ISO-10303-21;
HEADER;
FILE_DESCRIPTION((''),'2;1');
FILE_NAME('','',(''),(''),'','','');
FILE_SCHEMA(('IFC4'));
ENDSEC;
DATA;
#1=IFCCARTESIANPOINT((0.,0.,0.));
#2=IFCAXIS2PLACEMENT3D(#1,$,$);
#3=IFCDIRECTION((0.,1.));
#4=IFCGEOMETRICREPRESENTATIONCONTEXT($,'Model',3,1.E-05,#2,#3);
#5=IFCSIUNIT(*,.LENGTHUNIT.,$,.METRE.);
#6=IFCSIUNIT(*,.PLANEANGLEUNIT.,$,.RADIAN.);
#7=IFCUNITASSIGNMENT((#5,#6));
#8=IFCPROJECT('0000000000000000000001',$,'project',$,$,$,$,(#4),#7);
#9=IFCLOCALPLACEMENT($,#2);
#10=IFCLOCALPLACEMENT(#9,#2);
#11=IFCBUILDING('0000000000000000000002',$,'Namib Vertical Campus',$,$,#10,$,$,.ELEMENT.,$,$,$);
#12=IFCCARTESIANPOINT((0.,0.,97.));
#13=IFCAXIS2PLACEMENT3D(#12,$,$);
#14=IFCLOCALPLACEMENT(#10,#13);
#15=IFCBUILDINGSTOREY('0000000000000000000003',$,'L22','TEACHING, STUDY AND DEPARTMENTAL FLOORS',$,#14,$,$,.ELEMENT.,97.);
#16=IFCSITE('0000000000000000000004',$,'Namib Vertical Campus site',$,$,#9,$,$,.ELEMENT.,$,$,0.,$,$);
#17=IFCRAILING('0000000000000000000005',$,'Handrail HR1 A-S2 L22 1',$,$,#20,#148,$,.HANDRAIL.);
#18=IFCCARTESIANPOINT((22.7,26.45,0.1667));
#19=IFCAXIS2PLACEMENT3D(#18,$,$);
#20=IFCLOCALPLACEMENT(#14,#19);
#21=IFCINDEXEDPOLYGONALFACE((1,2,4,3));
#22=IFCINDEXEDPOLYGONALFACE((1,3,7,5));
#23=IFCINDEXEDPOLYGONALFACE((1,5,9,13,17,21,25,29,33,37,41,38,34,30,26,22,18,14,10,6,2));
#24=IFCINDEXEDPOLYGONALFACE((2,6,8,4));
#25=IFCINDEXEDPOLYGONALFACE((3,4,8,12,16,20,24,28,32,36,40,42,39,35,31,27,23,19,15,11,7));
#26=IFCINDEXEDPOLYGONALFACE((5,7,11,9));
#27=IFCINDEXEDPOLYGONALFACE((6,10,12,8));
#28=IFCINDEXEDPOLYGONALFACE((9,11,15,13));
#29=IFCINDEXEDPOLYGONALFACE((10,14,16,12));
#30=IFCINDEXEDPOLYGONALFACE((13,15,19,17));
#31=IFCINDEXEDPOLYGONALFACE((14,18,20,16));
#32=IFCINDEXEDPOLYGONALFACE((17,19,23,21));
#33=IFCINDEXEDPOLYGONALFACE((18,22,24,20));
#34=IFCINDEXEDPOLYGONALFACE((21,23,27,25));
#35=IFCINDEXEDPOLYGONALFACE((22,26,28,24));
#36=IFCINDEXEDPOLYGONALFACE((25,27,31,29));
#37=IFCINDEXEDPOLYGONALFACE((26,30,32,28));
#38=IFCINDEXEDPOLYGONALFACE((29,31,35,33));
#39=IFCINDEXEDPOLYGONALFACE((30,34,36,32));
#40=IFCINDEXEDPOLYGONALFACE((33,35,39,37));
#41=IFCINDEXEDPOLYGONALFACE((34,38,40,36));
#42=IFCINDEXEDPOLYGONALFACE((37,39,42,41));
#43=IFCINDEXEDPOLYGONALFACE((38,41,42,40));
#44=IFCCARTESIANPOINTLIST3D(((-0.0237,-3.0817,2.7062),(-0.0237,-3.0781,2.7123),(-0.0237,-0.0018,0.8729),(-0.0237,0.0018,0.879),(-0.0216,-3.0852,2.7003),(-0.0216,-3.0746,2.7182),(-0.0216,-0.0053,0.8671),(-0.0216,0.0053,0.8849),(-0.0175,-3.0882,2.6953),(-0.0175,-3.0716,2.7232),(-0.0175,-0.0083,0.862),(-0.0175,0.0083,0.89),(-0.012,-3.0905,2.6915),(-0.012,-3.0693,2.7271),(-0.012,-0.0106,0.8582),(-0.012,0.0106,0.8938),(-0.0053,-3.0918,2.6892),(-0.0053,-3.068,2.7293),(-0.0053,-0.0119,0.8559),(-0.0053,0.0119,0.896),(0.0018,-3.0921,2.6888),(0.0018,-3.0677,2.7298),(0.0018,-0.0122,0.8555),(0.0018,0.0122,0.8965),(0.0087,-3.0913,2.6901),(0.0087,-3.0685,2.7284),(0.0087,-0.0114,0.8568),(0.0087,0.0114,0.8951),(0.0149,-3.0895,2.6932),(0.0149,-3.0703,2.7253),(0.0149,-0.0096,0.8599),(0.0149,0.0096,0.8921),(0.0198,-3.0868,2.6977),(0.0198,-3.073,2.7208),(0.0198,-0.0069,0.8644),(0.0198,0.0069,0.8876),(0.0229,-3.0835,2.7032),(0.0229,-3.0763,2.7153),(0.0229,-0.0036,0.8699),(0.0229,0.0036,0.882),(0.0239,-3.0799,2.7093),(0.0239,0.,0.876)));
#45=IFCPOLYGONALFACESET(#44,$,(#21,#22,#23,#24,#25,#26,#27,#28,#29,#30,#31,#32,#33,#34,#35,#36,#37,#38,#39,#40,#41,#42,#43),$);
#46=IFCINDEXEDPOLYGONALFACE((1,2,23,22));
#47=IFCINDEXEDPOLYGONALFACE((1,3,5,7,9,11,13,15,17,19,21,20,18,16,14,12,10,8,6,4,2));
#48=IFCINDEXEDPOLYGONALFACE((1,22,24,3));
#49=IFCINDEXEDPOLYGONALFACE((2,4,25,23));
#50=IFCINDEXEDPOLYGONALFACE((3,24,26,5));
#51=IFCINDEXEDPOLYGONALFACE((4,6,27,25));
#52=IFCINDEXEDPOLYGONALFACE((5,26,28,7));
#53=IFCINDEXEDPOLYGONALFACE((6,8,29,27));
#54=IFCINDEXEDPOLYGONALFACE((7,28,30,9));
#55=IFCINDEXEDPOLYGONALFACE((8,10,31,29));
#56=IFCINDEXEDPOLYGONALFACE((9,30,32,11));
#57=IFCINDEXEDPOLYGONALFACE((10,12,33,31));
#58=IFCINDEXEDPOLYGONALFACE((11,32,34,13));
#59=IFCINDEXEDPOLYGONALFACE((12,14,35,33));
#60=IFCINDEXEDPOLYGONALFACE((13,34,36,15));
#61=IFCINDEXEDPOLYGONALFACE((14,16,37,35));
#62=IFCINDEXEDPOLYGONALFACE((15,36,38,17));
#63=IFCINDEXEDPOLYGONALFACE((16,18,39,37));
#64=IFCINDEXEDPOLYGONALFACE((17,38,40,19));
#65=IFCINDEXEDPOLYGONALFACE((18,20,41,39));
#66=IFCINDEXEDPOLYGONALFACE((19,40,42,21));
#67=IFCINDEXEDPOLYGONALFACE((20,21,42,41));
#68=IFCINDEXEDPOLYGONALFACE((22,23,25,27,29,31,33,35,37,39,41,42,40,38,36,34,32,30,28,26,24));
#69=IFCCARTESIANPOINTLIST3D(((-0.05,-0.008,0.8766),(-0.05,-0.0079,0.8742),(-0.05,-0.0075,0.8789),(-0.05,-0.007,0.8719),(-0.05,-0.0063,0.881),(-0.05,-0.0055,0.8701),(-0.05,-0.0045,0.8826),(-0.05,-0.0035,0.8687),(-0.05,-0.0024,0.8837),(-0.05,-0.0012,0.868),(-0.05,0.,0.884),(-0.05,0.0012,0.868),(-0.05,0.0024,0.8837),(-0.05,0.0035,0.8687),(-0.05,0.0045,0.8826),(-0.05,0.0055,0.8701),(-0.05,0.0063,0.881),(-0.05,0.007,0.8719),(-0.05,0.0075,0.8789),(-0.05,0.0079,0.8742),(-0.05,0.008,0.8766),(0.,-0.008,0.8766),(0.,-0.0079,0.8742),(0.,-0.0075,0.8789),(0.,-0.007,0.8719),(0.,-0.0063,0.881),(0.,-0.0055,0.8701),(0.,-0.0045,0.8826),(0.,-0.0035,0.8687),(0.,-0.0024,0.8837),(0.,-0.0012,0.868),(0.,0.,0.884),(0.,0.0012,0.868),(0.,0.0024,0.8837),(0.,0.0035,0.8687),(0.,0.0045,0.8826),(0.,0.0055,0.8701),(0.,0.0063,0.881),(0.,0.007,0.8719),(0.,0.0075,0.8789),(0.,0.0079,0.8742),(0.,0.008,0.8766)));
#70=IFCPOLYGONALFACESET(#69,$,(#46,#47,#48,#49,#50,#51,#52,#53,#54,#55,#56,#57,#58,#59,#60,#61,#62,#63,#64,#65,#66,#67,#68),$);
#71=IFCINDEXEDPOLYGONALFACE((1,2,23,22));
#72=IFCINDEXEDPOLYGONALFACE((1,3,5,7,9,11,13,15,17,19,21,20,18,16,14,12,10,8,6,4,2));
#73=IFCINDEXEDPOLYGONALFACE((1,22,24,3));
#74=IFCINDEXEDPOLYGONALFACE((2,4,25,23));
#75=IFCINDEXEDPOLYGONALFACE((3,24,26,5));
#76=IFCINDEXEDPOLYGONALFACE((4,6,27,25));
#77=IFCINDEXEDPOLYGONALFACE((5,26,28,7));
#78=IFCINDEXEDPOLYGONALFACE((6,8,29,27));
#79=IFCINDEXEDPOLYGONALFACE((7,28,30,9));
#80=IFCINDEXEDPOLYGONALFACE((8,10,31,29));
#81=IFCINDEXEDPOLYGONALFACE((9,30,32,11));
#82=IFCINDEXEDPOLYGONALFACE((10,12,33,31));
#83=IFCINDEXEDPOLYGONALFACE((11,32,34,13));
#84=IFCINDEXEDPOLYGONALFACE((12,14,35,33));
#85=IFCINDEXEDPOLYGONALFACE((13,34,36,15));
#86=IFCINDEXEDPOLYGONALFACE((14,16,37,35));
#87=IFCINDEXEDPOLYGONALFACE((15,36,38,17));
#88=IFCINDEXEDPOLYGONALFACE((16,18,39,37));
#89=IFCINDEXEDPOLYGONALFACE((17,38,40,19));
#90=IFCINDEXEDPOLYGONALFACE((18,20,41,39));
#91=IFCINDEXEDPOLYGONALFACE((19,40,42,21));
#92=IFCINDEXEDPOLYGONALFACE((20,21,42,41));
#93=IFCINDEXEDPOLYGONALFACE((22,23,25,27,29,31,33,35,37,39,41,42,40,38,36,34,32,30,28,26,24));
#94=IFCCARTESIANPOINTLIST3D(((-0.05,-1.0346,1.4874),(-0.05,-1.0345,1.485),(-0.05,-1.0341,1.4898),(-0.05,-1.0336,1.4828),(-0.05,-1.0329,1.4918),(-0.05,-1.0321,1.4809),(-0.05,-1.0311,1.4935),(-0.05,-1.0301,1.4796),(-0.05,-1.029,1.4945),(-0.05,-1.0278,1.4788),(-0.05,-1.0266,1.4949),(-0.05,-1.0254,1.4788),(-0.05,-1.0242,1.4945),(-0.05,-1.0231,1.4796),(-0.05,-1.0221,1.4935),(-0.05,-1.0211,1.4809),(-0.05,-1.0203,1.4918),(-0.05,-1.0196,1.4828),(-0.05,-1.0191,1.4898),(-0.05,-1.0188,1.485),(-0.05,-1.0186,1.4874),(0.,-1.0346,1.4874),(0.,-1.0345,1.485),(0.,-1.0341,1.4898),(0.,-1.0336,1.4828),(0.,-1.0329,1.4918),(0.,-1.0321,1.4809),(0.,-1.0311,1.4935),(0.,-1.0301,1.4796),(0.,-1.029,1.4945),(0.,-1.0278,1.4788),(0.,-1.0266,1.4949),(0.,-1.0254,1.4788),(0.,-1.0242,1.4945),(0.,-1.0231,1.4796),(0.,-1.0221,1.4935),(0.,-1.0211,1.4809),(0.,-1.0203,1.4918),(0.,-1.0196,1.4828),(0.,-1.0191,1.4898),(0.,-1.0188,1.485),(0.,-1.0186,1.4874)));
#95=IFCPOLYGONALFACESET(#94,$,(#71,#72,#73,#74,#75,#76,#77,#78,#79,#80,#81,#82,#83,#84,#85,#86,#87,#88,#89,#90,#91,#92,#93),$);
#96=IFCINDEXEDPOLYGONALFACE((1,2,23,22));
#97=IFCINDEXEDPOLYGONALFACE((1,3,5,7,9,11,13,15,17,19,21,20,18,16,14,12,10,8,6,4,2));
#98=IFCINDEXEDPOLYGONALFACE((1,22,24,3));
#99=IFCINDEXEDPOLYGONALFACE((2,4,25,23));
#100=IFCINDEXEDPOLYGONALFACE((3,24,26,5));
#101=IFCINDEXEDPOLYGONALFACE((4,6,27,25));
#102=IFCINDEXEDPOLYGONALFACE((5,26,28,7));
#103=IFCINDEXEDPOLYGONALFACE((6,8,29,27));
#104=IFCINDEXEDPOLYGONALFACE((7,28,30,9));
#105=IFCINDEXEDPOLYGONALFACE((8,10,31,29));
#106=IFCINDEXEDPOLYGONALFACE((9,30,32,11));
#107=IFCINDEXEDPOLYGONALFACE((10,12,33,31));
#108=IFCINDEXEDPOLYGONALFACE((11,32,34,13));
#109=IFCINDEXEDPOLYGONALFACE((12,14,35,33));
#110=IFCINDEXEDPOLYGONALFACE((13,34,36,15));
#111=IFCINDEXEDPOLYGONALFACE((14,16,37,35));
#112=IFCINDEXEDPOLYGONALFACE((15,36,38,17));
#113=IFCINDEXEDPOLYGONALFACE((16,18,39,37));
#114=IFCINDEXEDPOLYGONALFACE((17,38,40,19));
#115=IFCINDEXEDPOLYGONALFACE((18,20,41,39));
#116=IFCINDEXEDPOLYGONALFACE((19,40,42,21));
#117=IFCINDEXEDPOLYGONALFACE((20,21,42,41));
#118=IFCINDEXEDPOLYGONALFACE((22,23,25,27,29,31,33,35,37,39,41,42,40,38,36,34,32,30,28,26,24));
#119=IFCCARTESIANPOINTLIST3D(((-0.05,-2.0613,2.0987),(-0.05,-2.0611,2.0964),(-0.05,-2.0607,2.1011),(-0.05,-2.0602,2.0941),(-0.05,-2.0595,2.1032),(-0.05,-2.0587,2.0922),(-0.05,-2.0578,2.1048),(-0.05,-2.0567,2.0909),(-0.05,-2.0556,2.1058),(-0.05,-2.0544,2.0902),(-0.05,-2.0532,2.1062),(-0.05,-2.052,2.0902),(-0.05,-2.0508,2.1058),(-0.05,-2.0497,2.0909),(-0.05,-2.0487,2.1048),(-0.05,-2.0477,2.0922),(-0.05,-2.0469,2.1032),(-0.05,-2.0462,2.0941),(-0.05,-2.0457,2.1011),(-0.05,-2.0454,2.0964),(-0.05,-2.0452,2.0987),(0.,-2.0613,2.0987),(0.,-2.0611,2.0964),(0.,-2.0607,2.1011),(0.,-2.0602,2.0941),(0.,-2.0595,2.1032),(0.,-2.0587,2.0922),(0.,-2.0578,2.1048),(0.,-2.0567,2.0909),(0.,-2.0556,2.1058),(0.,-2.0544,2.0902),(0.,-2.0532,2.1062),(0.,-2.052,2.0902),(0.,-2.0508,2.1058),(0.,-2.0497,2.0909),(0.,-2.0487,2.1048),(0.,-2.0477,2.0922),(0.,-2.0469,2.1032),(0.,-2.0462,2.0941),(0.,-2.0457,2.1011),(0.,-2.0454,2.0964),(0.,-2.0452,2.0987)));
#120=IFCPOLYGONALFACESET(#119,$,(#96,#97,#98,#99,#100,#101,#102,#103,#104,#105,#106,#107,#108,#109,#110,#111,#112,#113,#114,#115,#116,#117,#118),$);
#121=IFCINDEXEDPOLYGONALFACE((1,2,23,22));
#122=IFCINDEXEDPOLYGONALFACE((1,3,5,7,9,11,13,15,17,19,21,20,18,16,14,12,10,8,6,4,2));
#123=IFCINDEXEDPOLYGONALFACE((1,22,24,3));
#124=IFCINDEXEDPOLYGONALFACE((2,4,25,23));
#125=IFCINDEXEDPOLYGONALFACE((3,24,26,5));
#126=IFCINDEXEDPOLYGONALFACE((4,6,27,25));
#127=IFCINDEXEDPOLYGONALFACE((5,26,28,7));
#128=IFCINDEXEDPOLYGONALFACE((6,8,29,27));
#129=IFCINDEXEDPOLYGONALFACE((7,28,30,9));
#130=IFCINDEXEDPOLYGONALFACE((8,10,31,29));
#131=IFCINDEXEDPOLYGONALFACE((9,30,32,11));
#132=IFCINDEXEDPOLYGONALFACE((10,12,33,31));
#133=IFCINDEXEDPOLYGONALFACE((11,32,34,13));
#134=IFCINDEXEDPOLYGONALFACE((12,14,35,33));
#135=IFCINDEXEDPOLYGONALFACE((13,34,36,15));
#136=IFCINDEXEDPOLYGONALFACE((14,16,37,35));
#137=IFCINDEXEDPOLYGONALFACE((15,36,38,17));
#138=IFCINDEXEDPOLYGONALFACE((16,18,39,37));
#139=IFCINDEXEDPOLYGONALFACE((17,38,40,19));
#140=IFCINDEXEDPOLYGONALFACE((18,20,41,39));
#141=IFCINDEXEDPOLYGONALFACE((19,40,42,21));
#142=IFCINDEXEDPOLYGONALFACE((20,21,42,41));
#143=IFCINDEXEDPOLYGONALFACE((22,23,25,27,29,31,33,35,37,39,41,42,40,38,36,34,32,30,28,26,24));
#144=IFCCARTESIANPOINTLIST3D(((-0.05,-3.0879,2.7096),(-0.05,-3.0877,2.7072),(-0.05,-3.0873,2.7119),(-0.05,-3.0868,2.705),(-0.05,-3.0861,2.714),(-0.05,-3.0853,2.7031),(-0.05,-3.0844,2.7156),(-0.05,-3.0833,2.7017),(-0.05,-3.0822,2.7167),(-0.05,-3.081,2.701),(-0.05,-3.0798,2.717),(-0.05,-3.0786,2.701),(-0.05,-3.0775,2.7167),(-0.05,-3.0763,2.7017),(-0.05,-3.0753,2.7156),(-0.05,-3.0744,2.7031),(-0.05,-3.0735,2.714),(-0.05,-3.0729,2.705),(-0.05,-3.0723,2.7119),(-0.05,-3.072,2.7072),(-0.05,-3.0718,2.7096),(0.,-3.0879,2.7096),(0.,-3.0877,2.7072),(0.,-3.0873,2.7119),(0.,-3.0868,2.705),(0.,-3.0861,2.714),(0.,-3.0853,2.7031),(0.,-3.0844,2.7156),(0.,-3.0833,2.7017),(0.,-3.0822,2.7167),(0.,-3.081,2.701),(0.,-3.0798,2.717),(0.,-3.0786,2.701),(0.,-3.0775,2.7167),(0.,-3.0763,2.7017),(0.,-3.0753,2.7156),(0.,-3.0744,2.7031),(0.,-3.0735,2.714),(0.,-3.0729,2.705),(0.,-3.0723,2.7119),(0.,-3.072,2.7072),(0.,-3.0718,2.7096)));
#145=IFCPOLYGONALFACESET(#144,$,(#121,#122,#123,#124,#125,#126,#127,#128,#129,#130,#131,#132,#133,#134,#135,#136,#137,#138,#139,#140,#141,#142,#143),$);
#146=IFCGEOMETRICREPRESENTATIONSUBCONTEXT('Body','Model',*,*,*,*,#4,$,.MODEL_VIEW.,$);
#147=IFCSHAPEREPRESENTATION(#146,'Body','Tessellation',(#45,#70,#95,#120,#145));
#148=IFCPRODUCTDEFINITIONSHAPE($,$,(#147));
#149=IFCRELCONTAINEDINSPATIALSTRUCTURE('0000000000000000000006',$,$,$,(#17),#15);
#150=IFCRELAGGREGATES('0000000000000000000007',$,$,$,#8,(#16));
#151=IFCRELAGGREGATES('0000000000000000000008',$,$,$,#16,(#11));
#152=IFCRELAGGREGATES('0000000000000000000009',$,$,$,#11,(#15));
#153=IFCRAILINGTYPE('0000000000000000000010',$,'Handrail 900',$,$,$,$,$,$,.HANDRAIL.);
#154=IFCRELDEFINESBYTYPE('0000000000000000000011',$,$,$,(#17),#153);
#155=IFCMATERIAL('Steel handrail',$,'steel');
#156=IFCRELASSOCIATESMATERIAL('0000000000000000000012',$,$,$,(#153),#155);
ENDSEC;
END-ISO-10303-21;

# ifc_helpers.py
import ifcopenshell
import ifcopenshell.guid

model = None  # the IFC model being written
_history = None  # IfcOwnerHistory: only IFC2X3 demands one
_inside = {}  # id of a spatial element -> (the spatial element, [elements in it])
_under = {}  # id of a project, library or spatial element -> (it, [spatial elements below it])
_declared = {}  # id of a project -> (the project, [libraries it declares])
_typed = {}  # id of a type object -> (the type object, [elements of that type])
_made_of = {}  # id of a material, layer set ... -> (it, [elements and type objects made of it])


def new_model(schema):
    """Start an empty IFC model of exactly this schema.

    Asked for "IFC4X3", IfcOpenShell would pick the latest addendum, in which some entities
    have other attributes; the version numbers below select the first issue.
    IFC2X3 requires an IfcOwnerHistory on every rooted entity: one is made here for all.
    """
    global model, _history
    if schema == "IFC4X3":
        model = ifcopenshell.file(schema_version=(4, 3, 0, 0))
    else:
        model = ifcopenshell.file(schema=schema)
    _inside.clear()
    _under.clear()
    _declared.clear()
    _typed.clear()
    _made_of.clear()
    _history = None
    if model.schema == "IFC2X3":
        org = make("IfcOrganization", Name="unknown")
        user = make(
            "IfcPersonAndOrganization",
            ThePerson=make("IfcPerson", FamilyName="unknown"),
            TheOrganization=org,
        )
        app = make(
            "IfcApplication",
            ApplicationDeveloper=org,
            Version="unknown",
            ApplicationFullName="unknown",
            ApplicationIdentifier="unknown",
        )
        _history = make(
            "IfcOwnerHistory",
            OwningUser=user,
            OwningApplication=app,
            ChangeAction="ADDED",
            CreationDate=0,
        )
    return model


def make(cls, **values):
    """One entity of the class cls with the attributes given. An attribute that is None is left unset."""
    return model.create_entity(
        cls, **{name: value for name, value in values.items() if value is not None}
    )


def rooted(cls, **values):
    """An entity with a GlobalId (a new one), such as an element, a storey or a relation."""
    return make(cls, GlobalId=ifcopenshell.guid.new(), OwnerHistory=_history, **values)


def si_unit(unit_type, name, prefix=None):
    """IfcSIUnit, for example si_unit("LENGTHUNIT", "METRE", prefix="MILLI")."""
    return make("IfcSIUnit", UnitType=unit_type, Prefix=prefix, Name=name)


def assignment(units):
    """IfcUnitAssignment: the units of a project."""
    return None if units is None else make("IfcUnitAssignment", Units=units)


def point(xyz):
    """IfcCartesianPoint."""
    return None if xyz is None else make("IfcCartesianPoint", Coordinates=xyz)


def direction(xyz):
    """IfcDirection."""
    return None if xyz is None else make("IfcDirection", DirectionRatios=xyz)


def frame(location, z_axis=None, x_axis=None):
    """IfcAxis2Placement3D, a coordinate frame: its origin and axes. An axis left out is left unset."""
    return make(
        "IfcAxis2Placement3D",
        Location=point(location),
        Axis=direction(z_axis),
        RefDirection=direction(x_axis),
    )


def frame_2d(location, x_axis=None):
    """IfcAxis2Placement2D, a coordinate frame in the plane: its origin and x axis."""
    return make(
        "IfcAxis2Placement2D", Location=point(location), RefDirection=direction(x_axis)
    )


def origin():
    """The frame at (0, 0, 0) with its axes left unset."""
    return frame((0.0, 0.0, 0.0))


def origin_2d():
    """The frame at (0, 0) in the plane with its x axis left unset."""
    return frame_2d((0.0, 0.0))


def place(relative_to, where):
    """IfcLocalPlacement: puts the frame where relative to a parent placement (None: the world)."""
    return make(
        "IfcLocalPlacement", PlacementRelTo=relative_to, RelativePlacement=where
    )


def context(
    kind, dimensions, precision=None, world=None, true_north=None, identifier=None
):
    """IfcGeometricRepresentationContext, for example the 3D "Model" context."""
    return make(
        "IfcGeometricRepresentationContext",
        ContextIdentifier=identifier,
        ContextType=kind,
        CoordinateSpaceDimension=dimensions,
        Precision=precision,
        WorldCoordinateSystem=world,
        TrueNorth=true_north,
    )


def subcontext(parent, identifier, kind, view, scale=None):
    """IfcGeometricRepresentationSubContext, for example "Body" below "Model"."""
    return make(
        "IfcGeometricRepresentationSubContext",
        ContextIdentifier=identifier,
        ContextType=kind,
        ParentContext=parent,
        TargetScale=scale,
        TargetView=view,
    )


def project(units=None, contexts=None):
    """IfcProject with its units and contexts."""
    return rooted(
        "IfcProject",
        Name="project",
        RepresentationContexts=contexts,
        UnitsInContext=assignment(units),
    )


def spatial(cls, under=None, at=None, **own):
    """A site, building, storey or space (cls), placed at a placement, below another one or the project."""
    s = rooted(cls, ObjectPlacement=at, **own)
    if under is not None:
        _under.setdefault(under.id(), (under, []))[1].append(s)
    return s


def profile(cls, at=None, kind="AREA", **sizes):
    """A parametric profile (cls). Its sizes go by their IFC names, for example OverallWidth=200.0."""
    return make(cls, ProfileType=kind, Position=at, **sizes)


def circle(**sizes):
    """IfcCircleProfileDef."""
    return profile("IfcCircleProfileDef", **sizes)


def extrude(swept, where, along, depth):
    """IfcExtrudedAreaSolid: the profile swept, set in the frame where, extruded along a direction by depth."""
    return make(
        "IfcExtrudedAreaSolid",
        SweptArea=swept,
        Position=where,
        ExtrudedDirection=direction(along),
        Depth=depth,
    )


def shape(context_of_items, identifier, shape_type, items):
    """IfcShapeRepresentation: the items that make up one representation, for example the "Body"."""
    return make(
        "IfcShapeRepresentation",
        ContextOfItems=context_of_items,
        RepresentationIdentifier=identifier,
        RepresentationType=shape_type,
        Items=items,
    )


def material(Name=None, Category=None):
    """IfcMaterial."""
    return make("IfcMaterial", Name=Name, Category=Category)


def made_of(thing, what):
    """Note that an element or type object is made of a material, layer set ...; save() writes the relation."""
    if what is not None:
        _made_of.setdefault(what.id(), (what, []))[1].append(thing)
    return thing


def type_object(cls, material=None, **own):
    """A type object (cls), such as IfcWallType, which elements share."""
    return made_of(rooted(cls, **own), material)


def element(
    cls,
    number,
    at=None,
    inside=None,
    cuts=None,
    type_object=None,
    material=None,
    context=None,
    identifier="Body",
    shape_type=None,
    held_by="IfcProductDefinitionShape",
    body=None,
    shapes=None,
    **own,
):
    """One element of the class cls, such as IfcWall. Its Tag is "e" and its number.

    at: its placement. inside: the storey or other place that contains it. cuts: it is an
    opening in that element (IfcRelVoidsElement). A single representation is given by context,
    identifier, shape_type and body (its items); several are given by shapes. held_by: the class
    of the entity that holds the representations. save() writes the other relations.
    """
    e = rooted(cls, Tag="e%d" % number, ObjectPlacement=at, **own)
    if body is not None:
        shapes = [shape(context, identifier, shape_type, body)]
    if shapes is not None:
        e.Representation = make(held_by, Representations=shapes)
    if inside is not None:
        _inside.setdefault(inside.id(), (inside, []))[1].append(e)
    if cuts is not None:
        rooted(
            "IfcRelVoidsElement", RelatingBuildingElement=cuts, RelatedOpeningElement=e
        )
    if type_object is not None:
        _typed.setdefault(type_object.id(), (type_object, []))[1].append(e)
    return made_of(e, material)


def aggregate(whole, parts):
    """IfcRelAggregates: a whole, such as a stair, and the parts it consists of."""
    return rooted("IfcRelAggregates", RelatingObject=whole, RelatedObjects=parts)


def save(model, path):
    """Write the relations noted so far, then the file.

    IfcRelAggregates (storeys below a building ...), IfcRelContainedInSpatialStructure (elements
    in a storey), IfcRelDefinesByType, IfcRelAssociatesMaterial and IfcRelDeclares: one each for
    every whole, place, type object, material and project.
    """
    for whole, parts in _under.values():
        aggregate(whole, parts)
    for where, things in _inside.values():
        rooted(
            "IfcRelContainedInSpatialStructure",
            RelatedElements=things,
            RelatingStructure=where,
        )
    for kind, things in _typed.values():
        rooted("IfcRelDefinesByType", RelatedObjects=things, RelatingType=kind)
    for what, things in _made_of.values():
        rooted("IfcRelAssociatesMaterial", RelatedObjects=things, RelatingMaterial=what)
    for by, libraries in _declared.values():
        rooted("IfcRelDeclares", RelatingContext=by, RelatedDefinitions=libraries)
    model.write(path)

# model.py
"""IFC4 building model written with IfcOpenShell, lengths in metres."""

from ifc_helpers import new_model, si_unit, direction, frame, origin, origin_2d, place, context, subcontext, project, spatial, circle, extrude, material, type_object, element, save


model = new_model("IFC4")

# Units and contexts
model_context = context("Model", 3, precision=1e-05, world=origin(), true_north=direction((0.0, 1.0)))
body_context = subcontext(model_context, "Body", "Model", "MODEL_VIEW")
ifc_project = project(units=[si_unit("LENGTHUNIT", "METRE"), si_unit("PLANEANGLEUNIT", "RADIAN")], contexts=[model_context])

# Site, building, storey
site_placement = place(None, origin())
site = spatial("IfcSite", under=ifc_project, at=site_placement, Name="Namib Vertical Campus site", CompositionType="ELEMENT", RefElevation=0.0)
building_placement = place(site_placement, origin())
building = spatial("IfcBuilding", under=site, at=building_placement, Name="Namib Vertical Campus", CompositionType="ELEMENT")
storey_placement = place(building_placement, frame((0.0, 0.0, 97.0)))
storey = spatial("IfcBuildingStorey", under=building, at=storey_placement, Name="L22", Description="TEACHING, STUDY AND DEPARTMENTAL FLOORS", CompositionType="ELEMENT", Elevation=97.0)

# Railing
ifc_material_1 = material(Name="Steel handrail", Category="steel")
railing_type_1 = type_object("IfcRailingType", Name="Handrail 900", PredefinedType="HANDRAIL", material=ifc_material_1)
railing_1_placement = place(storey_placement, frame((22.7, 26.45, 0.1667)))
element("IfcRailing", 1, at=railing_1_placement, inside=storey, type_object=railing_type_1, Name="Handrail HR1 A-S2 L22 1", PredefinedType="HANDRAIL", context=body_context, shape_type="SweptSolid", body=[
    extrude(circle(Radius=0.0239, at=origin_2d()), frame((0.0, 0.0, 0.876), z_axis=(0.0, -0.859291, 0.511487), x_axis=(1.0, 0.0, 0.0)), (0.0, 0.0, 1.0), 3.5842),
    extrude(circle(Radius=0.0081, at=origin_2d()), frame((0.0, 0.0, 0.876), z_axis=(-1.0, 0.0, 0.0), x_axis=(0.0, 0.0, 1.0)), (0.0, 0.0, 1.0), 0.05),
    extrude(circle(Radius=0.0081, at=origin_2d()), frame((0.0, -1.0266, 1.4868), z_axis=(-1.0, 0.0, 0.0), x_axis=(0.0, 0.0, 1.0)), (0.0, 0.0, 1.0), 0.05),
    extrude(circle(Radius=0.0081, at=origin_2d()), frame((0.0, -2.0532, 2.0981), z_axis=(-1.0, 0.0, 0.0), x_axis=(0.0, 0.0, 1.0)), (0.0, 0.0, 1.0), 0.05),
    extrude(circle(Radius=0.0081, at=origin_2d()), frame((0.0, -3.0798, 2.709), z_axis=(-1.0, 0.0, 0.0), x_axis=(0.0, 0.0, 1.0)), (0.0, 0.0, 1.0), 0.05),
])

save(model, "model.ifc")
